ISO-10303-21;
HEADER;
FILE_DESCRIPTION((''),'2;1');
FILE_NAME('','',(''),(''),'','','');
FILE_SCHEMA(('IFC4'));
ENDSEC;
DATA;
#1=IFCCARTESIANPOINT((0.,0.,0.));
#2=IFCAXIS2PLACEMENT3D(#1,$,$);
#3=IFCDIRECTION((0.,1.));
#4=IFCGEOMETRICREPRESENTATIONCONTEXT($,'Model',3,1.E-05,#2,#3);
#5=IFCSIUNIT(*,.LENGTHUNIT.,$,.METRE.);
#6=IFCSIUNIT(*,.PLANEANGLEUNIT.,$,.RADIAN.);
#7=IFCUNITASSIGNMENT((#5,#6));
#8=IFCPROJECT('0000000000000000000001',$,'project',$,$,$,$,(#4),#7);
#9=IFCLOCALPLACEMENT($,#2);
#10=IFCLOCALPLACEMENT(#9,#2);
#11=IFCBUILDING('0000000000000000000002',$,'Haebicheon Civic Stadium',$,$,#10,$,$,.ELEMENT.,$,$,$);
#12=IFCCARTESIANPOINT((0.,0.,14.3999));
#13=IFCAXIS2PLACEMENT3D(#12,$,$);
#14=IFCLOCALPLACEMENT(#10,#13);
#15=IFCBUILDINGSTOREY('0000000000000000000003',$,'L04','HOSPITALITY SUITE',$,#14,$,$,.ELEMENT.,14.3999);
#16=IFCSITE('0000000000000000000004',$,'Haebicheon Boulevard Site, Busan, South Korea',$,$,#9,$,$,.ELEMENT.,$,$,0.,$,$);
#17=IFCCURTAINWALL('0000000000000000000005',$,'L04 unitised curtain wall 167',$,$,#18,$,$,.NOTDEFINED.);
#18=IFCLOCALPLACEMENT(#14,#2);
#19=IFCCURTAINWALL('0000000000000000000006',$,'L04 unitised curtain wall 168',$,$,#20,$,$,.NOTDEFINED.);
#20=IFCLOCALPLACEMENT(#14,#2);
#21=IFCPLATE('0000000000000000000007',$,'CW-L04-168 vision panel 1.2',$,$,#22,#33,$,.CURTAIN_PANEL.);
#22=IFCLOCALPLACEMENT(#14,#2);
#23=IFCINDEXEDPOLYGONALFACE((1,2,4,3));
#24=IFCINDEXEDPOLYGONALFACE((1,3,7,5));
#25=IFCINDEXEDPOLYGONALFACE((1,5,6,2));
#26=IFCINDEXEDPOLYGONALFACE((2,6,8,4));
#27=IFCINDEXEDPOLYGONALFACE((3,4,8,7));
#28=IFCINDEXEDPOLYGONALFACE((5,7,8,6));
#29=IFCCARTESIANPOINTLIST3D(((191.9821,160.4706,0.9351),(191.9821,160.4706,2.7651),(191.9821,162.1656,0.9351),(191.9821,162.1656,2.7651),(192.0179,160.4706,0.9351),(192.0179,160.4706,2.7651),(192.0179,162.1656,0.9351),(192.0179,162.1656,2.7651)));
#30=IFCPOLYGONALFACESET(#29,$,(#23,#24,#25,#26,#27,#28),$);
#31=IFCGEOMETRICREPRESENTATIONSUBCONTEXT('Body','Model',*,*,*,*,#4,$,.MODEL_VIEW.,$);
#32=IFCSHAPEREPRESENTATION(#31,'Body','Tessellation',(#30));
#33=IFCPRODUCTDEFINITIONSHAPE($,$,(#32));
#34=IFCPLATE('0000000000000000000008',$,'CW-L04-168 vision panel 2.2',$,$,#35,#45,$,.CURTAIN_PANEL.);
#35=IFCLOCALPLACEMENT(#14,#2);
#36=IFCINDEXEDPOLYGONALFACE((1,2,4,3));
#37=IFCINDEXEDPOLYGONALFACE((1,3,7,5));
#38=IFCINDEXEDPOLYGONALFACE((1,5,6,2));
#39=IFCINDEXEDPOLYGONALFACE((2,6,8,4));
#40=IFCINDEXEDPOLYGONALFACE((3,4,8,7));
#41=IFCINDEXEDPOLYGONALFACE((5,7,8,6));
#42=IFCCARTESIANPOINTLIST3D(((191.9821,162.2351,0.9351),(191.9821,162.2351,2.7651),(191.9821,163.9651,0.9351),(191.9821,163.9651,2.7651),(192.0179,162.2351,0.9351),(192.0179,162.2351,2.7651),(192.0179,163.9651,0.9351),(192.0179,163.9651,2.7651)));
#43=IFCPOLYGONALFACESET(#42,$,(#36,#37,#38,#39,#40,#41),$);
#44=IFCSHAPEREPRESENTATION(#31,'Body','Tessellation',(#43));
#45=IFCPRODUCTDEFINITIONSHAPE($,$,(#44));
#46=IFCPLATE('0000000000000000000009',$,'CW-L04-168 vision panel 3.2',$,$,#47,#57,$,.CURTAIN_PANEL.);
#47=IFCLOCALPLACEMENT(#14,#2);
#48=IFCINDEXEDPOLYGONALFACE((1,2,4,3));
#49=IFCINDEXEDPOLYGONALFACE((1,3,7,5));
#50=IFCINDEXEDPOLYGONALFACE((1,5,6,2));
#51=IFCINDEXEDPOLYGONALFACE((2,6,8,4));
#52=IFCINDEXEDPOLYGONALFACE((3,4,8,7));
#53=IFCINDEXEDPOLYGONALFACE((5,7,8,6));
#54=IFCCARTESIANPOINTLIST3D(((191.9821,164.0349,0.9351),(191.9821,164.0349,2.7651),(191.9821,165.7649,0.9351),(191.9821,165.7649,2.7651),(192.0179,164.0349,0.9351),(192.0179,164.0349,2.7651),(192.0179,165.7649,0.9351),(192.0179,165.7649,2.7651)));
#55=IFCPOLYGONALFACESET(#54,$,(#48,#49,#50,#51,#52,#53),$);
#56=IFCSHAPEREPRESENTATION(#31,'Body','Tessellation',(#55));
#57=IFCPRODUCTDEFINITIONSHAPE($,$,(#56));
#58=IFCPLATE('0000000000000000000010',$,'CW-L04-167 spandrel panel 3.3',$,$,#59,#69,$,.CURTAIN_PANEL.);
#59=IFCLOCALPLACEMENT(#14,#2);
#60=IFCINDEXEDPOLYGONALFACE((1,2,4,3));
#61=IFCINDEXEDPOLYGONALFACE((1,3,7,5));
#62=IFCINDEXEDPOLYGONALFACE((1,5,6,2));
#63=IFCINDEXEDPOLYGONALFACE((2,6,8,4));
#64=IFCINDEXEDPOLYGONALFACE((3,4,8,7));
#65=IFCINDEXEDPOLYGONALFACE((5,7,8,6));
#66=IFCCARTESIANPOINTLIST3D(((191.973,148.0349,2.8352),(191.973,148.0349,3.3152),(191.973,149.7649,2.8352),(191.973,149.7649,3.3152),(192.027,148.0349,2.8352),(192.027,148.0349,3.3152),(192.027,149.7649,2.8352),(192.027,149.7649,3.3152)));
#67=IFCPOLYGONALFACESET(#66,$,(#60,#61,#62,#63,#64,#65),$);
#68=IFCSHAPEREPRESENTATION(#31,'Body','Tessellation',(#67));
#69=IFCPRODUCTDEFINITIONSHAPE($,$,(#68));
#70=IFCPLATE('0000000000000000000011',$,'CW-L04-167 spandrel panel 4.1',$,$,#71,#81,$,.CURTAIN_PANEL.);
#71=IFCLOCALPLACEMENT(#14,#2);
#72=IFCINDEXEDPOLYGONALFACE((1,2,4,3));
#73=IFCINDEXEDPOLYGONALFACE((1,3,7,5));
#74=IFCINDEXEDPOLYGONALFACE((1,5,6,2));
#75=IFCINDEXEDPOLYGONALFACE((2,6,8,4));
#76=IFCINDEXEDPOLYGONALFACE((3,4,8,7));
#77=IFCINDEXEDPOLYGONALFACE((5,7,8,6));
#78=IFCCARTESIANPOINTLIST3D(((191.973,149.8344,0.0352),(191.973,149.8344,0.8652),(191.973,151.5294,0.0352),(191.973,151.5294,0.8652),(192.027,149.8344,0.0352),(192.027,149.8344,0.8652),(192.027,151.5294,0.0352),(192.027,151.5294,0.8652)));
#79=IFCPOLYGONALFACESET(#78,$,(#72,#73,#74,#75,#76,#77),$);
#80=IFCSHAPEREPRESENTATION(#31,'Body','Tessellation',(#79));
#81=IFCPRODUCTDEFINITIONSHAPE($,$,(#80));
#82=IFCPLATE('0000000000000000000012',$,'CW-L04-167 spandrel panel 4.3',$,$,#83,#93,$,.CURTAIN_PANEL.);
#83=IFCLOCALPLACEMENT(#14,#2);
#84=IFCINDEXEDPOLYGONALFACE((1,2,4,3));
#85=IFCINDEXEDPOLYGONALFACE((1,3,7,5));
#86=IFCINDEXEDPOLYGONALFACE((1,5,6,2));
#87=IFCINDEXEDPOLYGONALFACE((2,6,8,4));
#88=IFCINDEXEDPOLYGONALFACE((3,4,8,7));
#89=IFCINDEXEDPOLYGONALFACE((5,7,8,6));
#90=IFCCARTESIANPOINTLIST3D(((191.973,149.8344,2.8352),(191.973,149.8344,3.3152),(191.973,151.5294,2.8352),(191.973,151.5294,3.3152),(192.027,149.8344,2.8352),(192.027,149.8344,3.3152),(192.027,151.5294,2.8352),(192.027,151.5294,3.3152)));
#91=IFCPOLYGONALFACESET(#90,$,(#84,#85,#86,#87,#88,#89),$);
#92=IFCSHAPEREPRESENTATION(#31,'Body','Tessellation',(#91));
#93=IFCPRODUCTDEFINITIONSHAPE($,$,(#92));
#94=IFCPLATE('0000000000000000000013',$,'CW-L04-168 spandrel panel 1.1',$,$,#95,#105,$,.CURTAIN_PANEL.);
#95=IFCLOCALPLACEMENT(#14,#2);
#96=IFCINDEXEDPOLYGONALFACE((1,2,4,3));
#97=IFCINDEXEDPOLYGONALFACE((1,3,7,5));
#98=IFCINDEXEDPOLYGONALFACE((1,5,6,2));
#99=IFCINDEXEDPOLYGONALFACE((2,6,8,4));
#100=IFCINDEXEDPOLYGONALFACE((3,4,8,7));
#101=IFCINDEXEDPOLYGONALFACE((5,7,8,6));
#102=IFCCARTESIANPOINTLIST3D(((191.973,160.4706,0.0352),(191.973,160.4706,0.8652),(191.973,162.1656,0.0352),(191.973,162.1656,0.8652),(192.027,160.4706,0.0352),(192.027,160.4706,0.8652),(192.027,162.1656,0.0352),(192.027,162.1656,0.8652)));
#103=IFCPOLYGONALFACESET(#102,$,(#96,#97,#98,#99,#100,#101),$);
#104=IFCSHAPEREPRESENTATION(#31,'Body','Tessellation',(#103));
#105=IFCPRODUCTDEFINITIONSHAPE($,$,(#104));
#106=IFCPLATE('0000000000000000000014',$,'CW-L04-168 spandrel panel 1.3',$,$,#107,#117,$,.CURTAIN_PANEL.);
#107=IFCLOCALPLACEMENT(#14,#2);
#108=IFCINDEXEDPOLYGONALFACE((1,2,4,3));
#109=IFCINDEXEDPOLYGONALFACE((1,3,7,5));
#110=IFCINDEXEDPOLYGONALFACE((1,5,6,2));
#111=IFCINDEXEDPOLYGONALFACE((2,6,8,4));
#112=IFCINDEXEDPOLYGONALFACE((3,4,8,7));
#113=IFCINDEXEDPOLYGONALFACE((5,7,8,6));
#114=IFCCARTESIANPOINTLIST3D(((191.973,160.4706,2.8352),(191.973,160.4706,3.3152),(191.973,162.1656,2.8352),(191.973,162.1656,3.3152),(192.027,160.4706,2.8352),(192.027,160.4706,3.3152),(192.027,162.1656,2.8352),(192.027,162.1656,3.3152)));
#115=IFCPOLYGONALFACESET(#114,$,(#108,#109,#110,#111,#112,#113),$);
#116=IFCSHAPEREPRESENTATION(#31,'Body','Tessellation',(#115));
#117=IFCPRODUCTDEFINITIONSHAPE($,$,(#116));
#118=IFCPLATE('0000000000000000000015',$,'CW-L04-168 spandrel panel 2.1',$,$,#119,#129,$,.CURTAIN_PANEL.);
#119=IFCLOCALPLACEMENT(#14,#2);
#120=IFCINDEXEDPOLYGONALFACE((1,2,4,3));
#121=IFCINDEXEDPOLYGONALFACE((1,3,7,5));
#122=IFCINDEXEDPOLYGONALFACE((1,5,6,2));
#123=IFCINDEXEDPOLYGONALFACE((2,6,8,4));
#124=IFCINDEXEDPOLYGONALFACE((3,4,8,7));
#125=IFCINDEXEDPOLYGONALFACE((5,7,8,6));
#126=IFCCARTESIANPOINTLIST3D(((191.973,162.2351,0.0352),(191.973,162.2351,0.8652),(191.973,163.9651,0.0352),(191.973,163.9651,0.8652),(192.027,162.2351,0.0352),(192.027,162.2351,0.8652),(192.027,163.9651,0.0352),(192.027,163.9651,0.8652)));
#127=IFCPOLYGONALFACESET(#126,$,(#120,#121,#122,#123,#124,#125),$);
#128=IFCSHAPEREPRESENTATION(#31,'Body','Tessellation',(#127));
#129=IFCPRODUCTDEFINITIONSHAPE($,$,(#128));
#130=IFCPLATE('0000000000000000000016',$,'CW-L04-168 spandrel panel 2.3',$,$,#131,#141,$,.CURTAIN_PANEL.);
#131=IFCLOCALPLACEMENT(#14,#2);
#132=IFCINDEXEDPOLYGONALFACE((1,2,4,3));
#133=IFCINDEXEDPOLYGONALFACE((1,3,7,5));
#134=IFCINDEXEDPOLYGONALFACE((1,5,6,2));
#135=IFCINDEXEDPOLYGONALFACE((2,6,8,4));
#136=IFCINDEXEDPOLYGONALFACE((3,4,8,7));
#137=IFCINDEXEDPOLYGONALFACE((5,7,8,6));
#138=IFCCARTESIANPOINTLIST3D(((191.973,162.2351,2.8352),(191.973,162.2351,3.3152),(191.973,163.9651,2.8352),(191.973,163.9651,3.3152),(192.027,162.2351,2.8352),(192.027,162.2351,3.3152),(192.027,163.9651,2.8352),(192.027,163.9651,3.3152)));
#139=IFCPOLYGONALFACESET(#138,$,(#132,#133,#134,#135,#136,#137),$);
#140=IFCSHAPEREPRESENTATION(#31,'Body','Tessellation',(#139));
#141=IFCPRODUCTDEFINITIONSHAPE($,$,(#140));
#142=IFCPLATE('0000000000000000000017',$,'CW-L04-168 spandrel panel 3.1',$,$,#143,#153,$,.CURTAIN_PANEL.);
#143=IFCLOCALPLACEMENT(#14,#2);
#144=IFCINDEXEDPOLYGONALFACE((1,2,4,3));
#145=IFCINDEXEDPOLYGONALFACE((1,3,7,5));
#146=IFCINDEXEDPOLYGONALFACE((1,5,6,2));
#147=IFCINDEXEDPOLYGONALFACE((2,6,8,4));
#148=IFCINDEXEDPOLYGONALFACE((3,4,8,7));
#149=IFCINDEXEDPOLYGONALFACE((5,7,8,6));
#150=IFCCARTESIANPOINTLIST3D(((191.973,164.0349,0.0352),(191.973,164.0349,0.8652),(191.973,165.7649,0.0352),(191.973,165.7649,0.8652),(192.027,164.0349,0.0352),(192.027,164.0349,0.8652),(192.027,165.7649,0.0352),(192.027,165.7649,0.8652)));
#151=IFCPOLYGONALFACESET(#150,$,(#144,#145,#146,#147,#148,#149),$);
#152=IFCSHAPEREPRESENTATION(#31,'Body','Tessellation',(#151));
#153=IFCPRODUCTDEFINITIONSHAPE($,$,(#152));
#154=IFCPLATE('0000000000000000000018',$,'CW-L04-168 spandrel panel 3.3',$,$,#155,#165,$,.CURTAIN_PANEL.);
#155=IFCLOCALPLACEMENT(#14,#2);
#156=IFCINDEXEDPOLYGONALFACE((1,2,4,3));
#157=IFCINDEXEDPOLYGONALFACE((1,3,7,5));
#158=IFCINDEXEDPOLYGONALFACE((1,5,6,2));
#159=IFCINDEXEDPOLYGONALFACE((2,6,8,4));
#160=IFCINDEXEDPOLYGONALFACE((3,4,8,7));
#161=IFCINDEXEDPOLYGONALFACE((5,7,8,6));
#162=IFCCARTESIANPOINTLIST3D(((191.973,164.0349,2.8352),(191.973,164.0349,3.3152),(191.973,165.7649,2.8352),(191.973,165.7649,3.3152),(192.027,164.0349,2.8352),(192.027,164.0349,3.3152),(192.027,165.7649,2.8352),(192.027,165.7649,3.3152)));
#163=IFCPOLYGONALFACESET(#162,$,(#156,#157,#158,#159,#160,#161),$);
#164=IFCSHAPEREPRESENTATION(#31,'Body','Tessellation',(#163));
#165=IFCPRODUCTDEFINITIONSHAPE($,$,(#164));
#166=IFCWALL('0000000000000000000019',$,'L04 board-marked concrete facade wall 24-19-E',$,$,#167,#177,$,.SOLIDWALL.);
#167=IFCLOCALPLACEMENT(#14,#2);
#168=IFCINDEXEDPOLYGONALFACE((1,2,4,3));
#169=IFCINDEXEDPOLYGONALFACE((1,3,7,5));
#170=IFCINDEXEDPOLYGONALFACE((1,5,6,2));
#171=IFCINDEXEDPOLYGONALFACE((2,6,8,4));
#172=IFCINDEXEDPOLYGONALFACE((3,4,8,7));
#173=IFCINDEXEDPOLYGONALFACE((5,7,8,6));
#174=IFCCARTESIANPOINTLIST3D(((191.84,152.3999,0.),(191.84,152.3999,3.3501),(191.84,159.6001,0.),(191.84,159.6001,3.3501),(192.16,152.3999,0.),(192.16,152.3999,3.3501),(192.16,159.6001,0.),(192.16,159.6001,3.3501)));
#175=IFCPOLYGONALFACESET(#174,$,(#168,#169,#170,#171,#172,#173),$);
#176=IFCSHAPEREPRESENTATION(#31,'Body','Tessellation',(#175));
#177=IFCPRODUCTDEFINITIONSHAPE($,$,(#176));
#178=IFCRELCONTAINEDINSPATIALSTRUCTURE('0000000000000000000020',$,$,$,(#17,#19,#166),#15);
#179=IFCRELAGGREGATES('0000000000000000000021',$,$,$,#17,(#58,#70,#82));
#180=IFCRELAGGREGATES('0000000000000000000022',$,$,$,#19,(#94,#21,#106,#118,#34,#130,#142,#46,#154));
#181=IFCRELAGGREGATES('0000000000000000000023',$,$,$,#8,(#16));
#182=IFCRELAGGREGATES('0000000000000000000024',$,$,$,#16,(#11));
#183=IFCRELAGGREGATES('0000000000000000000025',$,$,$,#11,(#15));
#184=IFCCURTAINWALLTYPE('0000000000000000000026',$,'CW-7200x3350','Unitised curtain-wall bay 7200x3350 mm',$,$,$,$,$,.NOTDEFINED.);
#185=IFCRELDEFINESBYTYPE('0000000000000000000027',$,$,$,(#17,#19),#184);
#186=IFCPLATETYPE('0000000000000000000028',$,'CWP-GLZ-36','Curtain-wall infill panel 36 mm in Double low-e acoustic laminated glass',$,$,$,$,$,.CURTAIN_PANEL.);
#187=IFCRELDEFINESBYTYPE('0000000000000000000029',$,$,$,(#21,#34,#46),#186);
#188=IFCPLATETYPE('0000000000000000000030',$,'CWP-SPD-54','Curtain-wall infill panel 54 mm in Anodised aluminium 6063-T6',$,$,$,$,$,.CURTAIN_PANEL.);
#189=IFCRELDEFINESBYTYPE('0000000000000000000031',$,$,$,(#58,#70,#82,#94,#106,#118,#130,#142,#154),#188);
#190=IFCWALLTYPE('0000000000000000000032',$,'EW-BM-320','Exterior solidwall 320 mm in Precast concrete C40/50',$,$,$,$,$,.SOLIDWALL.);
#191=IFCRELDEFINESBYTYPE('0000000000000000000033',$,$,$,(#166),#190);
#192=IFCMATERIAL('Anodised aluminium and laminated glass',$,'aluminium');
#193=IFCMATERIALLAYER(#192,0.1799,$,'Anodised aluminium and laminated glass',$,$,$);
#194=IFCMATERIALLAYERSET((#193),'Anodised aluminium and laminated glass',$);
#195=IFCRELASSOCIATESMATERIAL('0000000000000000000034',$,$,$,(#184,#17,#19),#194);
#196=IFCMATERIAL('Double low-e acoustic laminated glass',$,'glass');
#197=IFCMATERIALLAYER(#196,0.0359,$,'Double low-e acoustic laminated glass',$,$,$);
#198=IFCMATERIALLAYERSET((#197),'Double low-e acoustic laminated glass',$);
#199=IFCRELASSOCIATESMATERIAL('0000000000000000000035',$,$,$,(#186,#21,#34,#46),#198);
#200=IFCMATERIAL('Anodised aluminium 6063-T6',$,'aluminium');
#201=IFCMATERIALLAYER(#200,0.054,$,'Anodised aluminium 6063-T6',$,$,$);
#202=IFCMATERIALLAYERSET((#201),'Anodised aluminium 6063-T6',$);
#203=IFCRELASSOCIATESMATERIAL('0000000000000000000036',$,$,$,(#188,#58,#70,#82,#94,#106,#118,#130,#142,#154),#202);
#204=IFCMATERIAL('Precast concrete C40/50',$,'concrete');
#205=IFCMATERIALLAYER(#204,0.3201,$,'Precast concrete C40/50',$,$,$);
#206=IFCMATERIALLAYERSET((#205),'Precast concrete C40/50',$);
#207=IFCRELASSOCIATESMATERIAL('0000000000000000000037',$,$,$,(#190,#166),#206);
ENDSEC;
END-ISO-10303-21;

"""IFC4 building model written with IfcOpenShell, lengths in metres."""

from ifc_helpers import new_model, si_unit, direction, frame, frame_2d, origin, origin_2d, place, context, subcontext, project, spatial, rectangle, extrude, material, layer, layer_set, type_object, element, aggregate, save


model = new_model("IFC4")

# Units and contexts
model_context = context("Model", 3, precision=1e-05, world=origin(), true_north=direction((0.0, 1.0)))
body_context = subcontext(model_context, "Body", "Model", "MODEL_VIEW")
ifc_project = project(units=[si_unit("LENGTHUNIT", "METRE"), si_unit("PLANEANGLEUNIT", "RADIAN")], contexts=[model_context])

# Site, building, storey
site_placement = place(None, origin())
site = spatial("IfcSite", under=ifc_project, at=site_placement, Name="Haebicheon Boulevard Site, Busan, South Korea", CompositionType="ELEMENT", RefElevation=0.0)
building_placement = place(site_placement, origin())
building = spatial("IfcBuilding", under=site, at=building_placement, Name="Haebicheon Civic Stadium", CompositionType="ELEMENT")
storey_placement = place(building_placement, frame((0.0, 0.0, 14.3999)))
storey = spatial("IfcBuildingStorey", under=building, at=storey_placement, Name="L04", Description="HOSPITALITY SUITE", CompositionType="ELEMENT", Elevation=14.3999)

# Curtain walls
ifc_material_1 = material(Name="Anodised aluminium and laminated glass", Category="aluminium")
ifc_layer_1 = layer(ifc_material_1, 0.1799, Name="Anodised aluminium and laminated glass")
ifc_layer_set_1 = layer_set([ifc_layer_1], Name="Anodised aluminium and laminated glass")
curtain_wall_type = type_object("IfcCurtainWallType", Name="CW-7200x3350", Description="Unitised curtain-wall bay 7200x3350 mm", PredefinedType="NOTDEFINED", material=ifc_layer_set_1)
curtain_wall_1_placement = place(storey_placement, origin())
curtain_wall_1 = element("IfcCurtainWall", 1, at=curtain_wall_1_placement, inside=storey, type_object=curtain_wall_type, material=ifc_layer_set_1, Name="L04 unitised curtain wall 167", PredefinedType="NOTDEFINED")
curtain_wall_2_placement = place(storey_placement, origin())
curtain_wall_2 = element("IfcCurtainWall", 2, at=curtain_wall_2_placement, inside=storey, type_object=curtain_wall_type, material=ifc_layer_set_1, Name="L04 unitised curtain wall 168", PredefinedType="NOTDEFINED")

# Plates
ifc_material_2 = material(Name="Double low-e acoustic laminated glass", Category="glass")
ifc_layer_2 = layer(ifc_material_2, 0.0359, Name="Double low-e acoustic laminated glass")
ifc_layer_set_2 = layer_set([ifc_layer_2], Name="Double low-e acoustic laminated glass")
plate_type_1 = type_object("IfcPlateType", Name="CWP-GLZ-36", Description="Curtain-wall infill panel 36 mm in Double low-e acoustic laminated glass", PredefinedType="CURTAIN_PANEL", material=ifc_layer_set_2)
plate_1_placement = place(storey_placement, frame((192.0, 161.3181, 0.9351), z_axis=(0.0, 0.0, 1.0), x_axis=(0.0, 1.0, 0.0)))
plate_1 = element("IfcPlate", 3, at=plate_1_placement, type_object=plate_type_1, material=ifc_layer_set_2, Name="CW-L04-168 vision panel 1.2", PredefinedType="CURTAIN_PANEL", context=body_context, shape_type="SweptSolid", body=[
    extrude(rectangle(XDim=1.6951, YDim=0.0359, at=origin_2d()), origin(), (0.0, 0.0, 1.0), 1.8301),
])
plate_2_placement = place(storey_placement, frame((192.0, 163.1001, 0.9351), z_axis=(0.0, 0.0, 1.0), x_axis=(0.0, 1.0, 0.0)))
plate_2 = element("IfcPlate", 4, at=plate_2_placement, type_object=plate_type_1, material=ifc_layer_set_2, Name="CW-L04-168 vision panel 2.2", PredefinedType="CURTAIN_PANEL", context=body_context, shape_type="SweptSolid", body=[
    extrude(rectangle(XDim=1.73, YDim=0.0359, at=origin_2d()), origin(), (0.0, 0.0, 1.0), 1.8301),
])
plate_3_placement = place(storey_placement, frame((192.0, 164.8999, 0.9351), z_axis=(0.0, 0.0, 1.0), x_axis=(0.0, 1.0, 0.0)))
plate_3 = element("IfcPlate", 5, at=plate_3_placement, type_object=plate_type_1, material=ifc_layer_set_2, Name="CW-L04-168 vision panel 3.2", PredefinedType="CURTAIN_PANEL", context=body_context, shape_type="SweptSolid", body=[
    extrude(rectangle(XDim=1.73, YDim=0.0359, at=origin_2d()), origin(), (0.0, 0.0, 1.0), 1.8301),
])
ifc_material_3 = material(Name="Anodised aluminium 6063-T6", Category="aluminium")
ifc_layer_3 = layer(ifc_material_3, 0.054, Name="Anodised aluminium 6063-T6")
ifc_layer_set_3 = layer_set([ifc_layer_3], Name="Anodised aluminium 6063-T6")
plate_type_2 = type_object("IfcPlateType", Name="CWP-SPD-54", Description="Curtain-wall infill panel 54 mm in Anodised aluminium 6063-T6", PredefinedType="CURTAIN_PANEL", material=ifc_layer_set_3)
plate_4_placement = place(storey_placement, frame((192.0, 148.8999, 2.8352), z_axis=(0.0, 0.0, 1.0), x_axis=(0.0, 1.0, 0.0)))
plate_4 = element("IfcPlate", 6, at=plate_4_placement, type_object=plate_type_2, material=ifc_layer_set_3, Name="CW-L04-167 spandrel panel 3.3", PredefinedType="CURTAIN_PANEL", context=body_context, shape_type="SweptSolid", body=[
    extrude(rectangle(XDim=1.73, YDim=0.054, at=origin_2d()), origin(), (0.0, 0.0, 1.0), 0.48),
])
plate_5_placement = place(storey_placement, frame((192.0, 150.6819, 0.0352), z_axis=(0.0, 0.0, 1.0), x_axis=(0.0, 1.0, 0.0)))
plate_5 = element("IfcPlate", 7, at=plate_5_placement, type_object=plate_type_2, material=ifc_layer_set_3, Name="CW-L04-167 spandrel panel 4.1", PredefinedType="CURTAIN_PANEL", context=body_context, shape_type="SweptSolid", body=[
    extrude(rectangle(XDim=1.6951, YDim=0.054, at=origin_2d()), origin(), (0.0, 0.0, 1.0), 0.8301),
])
plate_6_placement = place(storey_placement, frame((192.0, 150.6819, 2.8352), z_axis=(0.0, 0.0, 1.0), x_axis=(0.0, 1.0, 0.0)))
plate_6 = element("IfcPlate", 8, at=plate_6_placement, type_object=plate_type_2, material=ifc_layer_set_3, Name="CW-L04-167 spandrel panel 4.3", PredefinedType="CURTAIN_PANEL", context=body_context, shape_type="SweptSolid", body=[
    extrude(rectangle(XDim=1.6951, YDim=0.054, at=origin_2d()), origin(), (0.0, 0.0, 1.0), 0.48),
])
aggregate(curtain_wall_1, [plate_4, plate_5, plate_6])
plate_7_placement = place(storey_placement, frame((192.0, 161.3181, 0.0352), z_axis=(0.0, 0.0, 1.0), x_axis=(0.0, 1.0, 0.0)))
plate_7 = element("IfcPlate", 9, at=plate_7_placement, type_object=plate_type_2, material=ifc_layer_set_3, Name="CW-L04-168 spandrel panel 1.1", PredefinedType="CURTAIN_PANEL", context=body_context, shape_type="SweptSolid", body=[
    extrude(rectangle(XDim=1.6951, YDim=0.054, at=origin_2d()), origin(), (0.0, 0.0, 1.0), 0.8301),
])
plate_8_placement = place(storey_placement, frame((192.0, 161.3181, 2.8352), z_axis=(0.0, 0.0, 1.0), x_axis=(0.0, 1.0, 0.0)))
plate_8 = element("IfcPlate", 10, at=plate_8_placement, type_object=plate_type_2, material=ifc_layer_set_3, Name="CW-L04-168 spandrel panel 1.3", PredefinedType="CURTAIN_PANEL", context=body_context, shape_type="SweptSolid", body=[
    extrude(rectangle(XDim=1.6951, YDim=0.054, at=origin_2d()), origin(), (0.0, 0.0, 1.0), 0.48),
])
plate_9_placement = place(storey_placement, frame((192.0, 163.1001, 0.0352), z_axis=(0.0, 0.0, 1.0), x_axis=(0.0, 1.0, 0.0)))
plate_9 = element("IfcPlate", 11, at=plate_9_placement, type_object=plate_type_2, material=ifc_layer_set_3, Name="CW-L04-168 spandrel panel 2.1", PredefinedType="CURTAIN_PANEL", context=body_context, shape_type="SweptSolid", body=[
    extrude(rectangle(XDim=1.73, YDim=0.054, at=origin_2d()), origin(), (0.0, 0.0, 1.0), 0.8301),
])
plate_10_placement = place(storey_placement, frame((192.0, 163.1001, 2.8352), z_axis=(0.0, 0.0, 1.0), x_axis=(0.0, 1.0, 0.0)))
plate_10 = element("IfcPlate", 12, at=plate_10_placement, type_object=plate_type_2, material=ifc_layer_set_3, Name="CW-L04-168 spandrel panel 2.3", PredefinedType="CURTAIN_PANEL", context=body_context, shape_type="SweptSolid", body=[
    extrude(rectangle(XDim=1.73, YDim=0.054, at=origin_2d()), origin(), (0.0, 0.0, 1.0), 0.48),
])
plate_11_placement = place(storey_placement, frame((192.0, 164.8999, 0.0352), z_axis=(0.0, 0.0, 1.0), x_axis=(0.0, 1.0, 0.0)))
plate_11 = element("IfcPlate", 13, at=plate_11_placement, type_object=plate_type_2, material=ifc_layer_set_3, Name="CW-L04-168 spandrel panel 3.1", PredefinedType="CURTAIN_PANEL", context=body_context, shape_type="SweptSolid", body=[
    extrude(rectangle(XDim=1.73, YDim=0.054, at=origin_2d()), origin(), (0.0, 0.0, 1.0), 0.8301),
])
plate_12_placement = place(storey_placement, frame((192.0, 164.8999, 2.8352), z_axis=(0.0, 0.0, 1.0), x_axis=(0.0, 1.0, 0.0)))
plate_12 = element("IfcPlate", 14, at=plate_12_placement, type_object=plate_type_2, material=ifc_layer_set_3, Name="CW-L04-168 spandrel panel 3.3", PredefinedType="CURTAIN_PANEL", context=body_context, shape_type="SweptSolid", body=[
    extrude(rectangle(XDim=1.73, YDim=0.054, at=origin_2d()), origin(), (0.0, 0.0, 1.0), 0.48),
])
aggregate(curtain_wall_2, [plate_7, plate_1, plate_8, plate_9, plate_2, plate_10, plate_11, plate_3, plate_12])

# Wall
ifc_material_4 = material(Name="Precast concrete C40/50", Category="concrete")
ifc_layer_4 = layer(ifc_material_4, 0.3201, Name="Precast concrete C40/50")
ifc_layer_set_4 = layer_set([ifc_layer_4], Name="Precast concrete C40/50")
wall_type = type_object("IfcWallType", Name="EW-BM-320", Description="Exterior solidwall 320 mm in Precast concrete C40/50", PredefinedType="SOLIDWALL", material=ifc_layer_set_4)
wall_placement = place(storey_placement, frame((192.0, 152.3999, 0.0), z_axis=(0.0, 0.0, 1.0), x_axis=(0.0, 1.0, 0.0)))
element("IfcWall", 15, at=wall_placement, inside=storey, type_object=wall_type, material=ifc_layer_set_4, Name="L04 board-marked concrete facade wall 24-19-E", PredefinedType="SOLIDWALL", context=body_context, shape_type="SweptSolid", body=[
    extrude(rectangle(XDim=7.2002, YDim=0.3201, at=frame_2d((3.6001, 0.0))), origin(), (0.0, 0.0, 1.0), 3.3501),
])

save(model, "model.ifc")
